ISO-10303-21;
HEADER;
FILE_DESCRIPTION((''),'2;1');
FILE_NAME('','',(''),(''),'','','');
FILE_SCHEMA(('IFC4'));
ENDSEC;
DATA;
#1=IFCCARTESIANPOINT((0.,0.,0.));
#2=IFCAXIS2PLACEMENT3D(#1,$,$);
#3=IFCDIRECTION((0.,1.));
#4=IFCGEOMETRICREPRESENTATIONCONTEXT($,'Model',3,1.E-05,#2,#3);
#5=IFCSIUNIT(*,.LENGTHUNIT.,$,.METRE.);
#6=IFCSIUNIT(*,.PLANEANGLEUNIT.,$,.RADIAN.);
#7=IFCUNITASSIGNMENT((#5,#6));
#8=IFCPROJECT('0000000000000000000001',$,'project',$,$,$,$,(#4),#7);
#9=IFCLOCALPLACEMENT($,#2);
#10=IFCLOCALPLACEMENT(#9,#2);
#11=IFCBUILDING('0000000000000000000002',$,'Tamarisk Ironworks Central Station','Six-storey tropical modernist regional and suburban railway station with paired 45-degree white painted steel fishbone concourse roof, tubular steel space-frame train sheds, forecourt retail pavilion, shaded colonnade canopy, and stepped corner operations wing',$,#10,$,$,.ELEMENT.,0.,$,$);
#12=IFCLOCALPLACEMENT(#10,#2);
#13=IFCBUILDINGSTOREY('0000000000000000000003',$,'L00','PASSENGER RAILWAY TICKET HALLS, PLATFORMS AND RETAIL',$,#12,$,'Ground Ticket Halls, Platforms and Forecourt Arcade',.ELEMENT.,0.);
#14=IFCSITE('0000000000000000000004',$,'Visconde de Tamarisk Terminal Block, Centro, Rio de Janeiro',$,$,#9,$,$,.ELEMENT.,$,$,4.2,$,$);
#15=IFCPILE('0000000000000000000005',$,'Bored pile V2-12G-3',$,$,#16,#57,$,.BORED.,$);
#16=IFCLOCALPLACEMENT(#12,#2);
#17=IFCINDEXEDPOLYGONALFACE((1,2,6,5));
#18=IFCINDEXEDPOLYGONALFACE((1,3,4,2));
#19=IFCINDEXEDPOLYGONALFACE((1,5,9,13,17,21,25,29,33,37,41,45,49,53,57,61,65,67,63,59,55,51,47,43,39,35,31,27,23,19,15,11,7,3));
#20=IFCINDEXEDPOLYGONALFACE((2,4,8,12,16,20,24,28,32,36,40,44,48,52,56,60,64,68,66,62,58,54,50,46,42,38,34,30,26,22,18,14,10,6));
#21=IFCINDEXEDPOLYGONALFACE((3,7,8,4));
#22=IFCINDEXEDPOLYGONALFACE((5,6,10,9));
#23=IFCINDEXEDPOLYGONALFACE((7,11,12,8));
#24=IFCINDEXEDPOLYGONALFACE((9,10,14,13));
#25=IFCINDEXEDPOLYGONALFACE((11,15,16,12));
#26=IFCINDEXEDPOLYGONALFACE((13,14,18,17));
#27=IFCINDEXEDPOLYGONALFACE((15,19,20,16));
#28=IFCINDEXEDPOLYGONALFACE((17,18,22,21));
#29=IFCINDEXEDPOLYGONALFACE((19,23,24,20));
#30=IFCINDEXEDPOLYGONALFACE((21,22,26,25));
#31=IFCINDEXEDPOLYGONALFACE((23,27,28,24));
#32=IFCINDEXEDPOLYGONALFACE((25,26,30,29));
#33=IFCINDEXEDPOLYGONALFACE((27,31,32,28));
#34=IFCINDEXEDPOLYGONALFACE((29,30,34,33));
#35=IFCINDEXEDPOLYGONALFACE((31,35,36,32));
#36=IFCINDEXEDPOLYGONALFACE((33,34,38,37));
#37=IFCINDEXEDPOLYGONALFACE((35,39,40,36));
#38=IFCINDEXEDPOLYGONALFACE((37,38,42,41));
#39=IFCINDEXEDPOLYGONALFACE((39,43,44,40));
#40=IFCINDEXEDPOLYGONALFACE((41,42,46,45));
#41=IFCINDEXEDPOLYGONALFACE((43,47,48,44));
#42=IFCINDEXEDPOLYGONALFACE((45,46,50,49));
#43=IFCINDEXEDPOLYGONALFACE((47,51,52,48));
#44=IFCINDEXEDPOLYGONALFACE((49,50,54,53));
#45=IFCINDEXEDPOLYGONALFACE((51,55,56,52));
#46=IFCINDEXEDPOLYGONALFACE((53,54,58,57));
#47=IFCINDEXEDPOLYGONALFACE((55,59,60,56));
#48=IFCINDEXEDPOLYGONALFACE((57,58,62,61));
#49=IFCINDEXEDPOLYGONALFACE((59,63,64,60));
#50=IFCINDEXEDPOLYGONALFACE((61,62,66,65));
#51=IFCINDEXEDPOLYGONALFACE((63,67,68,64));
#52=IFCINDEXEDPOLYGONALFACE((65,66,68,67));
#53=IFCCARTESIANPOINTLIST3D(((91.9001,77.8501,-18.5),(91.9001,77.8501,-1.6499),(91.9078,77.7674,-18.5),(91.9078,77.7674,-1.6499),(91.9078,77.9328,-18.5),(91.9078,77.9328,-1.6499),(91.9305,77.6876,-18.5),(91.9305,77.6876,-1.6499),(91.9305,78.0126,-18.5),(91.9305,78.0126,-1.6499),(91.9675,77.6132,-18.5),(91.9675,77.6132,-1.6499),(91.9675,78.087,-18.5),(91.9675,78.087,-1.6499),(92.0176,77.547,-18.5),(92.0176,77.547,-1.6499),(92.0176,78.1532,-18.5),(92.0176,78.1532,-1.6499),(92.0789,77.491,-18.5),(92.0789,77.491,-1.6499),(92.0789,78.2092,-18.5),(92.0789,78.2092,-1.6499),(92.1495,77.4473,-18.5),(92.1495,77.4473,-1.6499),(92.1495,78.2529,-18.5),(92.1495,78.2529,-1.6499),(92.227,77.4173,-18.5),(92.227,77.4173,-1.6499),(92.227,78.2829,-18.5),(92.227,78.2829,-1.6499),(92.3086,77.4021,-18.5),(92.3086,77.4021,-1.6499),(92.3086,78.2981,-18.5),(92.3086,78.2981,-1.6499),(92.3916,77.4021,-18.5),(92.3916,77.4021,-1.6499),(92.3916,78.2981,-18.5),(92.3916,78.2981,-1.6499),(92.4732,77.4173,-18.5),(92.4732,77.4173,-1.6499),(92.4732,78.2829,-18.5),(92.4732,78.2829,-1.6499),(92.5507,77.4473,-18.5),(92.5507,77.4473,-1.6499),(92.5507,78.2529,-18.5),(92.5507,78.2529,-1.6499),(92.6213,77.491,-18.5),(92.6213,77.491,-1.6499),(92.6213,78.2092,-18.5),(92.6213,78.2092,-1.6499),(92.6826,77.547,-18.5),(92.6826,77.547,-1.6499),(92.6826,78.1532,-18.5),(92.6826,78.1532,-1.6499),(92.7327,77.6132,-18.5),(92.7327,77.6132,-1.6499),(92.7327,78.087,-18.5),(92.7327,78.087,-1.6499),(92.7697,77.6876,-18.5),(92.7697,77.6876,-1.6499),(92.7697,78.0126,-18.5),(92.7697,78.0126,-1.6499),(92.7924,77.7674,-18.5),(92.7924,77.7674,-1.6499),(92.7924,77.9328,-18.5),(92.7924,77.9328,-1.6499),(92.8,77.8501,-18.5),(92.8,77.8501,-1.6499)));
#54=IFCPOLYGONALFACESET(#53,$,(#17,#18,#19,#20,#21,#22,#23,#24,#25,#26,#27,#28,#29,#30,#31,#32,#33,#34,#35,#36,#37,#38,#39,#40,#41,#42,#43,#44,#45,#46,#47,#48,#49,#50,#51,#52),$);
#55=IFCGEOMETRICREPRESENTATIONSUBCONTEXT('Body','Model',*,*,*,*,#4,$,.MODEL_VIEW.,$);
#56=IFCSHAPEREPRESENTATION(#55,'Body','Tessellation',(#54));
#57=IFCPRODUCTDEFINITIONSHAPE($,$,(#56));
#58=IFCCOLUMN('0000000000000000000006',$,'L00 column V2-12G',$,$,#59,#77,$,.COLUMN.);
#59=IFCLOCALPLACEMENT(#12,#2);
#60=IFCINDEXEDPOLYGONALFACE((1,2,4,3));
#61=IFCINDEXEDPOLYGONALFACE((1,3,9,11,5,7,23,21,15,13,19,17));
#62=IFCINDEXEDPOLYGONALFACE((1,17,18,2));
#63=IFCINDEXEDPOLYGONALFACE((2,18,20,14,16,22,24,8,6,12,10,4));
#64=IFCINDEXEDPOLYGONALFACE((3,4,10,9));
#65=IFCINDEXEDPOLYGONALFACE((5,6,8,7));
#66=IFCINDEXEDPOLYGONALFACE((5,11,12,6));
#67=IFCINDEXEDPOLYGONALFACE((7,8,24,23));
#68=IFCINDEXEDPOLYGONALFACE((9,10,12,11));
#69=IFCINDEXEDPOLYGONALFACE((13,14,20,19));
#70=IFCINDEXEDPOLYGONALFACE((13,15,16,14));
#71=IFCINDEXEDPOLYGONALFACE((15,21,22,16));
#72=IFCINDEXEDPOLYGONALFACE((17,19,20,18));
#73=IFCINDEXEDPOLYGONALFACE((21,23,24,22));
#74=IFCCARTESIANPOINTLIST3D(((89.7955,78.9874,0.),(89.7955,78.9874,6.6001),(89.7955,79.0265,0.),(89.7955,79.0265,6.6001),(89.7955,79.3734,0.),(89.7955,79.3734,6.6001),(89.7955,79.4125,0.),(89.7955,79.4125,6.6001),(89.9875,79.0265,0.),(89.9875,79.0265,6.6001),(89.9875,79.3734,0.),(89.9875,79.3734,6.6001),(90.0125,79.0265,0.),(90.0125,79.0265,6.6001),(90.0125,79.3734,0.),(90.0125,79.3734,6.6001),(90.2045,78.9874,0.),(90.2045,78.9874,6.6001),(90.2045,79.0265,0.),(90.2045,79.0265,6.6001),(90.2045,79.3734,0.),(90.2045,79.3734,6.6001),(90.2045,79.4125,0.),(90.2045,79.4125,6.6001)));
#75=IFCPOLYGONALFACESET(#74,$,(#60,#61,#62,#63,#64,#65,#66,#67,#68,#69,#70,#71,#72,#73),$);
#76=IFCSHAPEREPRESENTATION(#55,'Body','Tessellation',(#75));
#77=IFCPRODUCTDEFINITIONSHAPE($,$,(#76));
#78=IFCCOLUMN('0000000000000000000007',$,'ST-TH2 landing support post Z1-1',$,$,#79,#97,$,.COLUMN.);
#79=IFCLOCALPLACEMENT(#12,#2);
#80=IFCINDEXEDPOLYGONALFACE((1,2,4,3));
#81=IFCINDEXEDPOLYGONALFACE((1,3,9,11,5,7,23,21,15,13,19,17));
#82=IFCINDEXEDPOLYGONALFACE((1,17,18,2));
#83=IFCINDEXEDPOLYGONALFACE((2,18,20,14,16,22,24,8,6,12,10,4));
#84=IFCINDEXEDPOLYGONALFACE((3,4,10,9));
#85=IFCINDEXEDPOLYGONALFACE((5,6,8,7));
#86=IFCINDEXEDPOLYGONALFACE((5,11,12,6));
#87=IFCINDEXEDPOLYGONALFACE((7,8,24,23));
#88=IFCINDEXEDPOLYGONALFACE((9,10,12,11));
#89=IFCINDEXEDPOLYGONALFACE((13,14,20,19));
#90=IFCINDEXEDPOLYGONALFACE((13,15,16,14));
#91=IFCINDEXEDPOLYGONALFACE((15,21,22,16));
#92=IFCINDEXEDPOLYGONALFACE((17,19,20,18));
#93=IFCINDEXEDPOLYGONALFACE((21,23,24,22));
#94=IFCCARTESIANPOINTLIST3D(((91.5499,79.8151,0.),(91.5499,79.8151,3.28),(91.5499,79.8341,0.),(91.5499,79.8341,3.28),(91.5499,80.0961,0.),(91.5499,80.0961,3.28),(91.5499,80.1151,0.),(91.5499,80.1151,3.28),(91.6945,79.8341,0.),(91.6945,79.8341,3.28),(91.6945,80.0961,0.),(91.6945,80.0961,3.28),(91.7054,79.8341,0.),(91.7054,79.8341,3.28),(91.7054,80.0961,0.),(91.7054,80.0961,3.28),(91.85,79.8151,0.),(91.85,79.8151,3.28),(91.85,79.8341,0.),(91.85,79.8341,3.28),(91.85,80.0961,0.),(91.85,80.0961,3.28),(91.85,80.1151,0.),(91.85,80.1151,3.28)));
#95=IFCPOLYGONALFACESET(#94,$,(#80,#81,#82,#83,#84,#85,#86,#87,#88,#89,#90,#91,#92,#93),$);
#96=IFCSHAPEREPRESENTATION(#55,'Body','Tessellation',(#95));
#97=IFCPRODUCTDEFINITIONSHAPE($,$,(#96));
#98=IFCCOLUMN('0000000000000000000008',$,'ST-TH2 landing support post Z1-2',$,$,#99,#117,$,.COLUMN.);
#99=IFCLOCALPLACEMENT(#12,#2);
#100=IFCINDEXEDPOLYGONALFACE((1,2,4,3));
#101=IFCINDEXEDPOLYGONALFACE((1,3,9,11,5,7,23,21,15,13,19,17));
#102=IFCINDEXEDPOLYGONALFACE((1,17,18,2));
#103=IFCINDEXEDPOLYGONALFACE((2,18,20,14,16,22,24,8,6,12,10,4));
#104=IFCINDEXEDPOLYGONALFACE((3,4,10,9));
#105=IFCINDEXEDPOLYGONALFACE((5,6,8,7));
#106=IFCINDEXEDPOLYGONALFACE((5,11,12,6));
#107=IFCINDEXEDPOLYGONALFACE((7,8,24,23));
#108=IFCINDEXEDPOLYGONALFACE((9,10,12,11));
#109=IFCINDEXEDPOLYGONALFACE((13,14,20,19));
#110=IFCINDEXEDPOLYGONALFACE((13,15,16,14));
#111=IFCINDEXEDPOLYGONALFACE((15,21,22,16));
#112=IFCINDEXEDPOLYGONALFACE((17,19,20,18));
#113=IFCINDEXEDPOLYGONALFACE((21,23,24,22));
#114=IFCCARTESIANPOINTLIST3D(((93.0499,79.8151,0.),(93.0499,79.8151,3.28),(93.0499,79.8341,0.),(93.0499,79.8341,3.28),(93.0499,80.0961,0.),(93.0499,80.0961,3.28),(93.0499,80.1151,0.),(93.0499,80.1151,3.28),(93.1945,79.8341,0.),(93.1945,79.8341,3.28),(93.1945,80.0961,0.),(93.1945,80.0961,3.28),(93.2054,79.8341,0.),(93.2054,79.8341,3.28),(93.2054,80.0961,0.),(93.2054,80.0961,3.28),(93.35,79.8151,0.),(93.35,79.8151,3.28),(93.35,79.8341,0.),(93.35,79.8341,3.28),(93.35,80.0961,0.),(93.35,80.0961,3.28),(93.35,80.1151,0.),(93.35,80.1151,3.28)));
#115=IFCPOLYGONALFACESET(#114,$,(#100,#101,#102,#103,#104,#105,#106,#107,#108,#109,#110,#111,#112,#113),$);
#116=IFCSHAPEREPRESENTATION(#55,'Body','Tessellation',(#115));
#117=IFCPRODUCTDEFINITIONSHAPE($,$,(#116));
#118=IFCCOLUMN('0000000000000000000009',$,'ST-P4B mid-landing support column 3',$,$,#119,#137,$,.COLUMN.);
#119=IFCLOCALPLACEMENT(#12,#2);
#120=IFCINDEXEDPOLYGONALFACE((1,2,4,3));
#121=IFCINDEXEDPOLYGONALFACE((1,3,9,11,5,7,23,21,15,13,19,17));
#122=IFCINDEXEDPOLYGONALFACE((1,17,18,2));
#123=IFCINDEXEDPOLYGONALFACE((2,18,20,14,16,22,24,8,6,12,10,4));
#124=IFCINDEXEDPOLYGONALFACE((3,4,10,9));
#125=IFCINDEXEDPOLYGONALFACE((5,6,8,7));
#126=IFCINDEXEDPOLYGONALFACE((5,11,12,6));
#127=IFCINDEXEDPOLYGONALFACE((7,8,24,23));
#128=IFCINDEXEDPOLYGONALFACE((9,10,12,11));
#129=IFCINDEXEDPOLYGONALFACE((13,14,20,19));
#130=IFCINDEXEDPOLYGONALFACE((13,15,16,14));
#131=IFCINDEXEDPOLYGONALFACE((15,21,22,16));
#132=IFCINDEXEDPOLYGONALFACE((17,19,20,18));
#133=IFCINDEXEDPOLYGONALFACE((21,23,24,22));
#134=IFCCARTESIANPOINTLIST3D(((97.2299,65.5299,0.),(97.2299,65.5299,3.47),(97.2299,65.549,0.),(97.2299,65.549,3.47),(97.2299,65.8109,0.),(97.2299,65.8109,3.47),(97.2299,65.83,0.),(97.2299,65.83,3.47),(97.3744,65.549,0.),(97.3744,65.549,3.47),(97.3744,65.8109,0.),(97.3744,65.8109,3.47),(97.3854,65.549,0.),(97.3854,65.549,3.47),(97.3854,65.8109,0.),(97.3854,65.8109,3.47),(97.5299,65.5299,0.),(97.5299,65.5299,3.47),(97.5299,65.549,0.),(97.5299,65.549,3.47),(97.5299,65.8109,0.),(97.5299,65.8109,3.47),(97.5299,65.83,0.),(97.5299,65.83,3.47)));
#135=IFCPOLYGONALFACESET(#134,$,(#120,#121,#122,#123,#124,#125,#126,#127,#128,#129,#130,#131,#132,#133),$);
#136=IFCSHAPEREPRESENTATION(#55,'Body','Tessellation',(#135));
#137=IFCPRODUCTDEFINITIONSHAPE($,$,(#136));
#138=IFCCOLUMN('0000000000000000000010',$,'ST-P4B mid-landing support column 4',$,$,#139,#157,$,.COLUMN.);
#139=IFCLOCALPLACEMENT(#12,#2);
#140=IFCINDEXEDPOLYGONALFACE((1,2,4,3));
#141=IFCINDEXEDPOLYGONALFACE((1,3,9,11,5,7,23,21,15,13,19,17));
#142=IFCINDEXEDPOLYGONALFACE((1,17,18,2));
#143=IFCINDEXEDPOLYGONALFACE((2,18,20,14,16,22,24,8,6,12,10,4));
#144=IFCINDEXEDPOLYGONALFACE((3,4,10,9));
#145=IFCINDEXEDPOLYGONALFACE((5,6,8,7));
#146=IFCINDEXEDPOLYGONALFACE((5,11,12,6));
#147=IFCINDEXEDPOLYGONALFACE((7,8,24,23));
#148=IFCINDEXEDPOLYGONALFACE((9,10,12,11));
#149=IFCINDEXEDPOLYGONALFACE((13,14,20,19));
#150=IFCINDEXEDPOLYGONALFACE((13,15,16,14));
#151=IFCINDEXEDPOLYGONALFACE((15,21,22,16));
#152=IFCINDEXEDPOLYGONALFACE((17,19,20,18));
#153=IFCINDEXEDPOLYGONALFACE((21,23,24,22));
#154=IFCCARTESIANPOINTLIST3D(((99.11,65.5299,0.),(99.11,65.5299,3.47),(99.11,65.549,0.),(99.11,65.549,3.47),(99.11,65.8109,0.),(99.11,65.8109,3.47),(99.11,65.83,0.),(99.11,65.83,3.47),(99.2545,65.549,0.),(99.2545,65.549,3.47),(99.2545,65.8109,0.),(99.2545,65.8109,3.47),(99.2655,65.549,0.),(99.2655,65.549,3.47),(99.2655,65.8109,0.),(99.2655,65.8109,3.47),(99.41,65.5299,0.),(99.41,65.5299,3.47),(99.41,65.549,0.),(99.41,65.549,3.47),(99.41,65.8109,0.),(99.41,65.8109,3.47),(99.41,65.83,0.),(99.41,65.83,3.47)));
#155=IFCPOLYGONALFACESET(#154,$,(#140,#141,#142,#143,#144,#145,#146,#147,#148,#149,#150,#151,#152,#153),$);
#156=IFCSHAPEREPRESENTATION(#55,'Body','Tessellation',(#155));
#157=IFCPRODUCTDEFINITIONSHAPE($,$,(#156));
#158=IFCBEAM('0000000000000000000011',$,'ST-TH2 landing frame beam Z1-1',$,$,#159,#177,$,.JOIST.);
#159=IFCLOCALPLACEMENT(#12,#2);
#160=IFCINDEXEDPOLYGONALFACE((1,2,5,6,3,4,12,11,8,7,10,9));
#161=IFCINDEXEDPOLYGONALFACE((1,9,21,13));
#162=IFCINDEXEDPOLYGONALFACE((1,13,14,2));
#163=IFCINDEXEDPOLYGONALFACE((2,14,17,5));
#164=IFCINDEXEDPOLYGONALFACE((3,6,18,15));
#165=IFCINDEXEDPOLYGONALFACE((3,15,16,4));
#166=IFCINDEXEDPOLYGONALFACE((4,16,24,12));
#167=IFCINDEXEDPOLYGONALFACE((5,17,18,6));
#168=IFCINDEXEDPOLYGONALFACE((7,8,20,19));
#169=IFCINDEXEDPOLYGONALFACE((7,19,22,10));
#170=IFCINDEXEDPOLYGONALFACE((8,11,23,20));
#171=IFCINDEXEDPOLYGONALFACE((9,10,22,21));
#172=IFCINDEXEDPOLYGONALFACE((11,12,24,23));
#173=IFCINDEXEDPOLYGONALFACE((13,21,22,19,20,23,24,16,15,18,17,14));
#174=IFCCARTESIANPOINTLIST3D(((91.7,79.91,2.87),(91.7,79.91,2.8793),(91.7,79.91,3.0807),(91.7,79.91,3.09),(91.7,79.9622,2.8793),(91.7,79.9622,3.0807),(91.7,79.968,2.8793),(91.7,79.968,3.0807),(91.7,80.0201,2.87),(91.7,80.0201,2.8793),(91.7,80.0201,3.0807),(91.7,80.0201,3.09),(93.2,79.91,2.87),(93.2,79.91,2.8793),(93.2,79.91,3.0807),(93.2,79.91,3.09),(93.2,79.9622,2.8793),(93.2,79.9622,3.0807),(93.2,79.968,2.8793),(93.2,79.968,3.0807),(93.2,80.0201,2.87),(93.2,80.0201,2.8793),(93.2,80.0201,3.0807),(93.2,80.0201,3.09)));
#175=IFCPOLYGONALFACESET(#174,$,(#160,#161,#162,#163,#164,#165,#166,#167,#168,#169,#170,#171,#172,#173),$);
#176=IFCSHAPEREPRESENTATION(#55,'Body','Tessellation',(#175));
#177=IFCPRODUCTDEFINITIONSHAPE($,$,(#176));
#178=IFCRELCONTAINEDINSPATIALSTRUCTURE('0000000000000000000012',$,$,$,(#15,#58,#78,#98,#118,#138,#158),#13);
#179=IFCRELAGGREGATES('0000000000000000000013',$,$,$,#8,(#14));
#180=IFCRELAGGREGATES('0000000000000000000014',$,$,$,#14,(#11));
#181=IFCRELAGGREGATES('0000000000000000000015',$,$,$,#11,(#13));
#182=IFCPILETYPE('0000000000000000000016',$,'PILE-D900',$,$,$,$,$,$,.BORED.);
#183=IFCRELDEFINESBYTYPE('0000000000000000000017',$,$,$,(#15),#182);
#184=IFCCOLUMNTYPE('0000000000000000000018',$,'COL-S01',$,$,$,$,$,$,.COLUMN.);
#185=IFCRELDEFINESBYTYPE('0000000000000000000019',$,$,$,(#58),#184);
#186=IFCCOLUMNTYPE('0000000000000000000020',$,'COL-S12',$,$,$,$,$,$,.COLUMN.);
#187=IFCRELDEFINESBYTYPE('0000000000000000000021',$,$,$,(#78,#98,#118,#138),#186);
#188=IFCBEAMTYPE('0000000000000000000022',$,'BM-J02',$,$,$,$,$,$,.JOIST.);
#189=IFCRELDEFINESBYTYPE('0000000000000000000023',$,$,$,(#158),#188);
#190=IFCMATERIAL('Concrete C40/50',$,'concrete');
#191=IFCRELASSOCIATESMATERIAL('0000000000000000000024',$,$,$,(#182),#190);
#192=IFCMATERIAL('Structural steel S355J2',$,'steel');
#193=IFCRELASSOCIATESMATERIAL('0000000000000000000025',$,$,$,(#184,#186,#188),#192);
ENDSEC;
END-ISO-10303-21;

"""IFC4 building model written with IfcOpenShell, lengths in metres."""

from ifc_helpers import new_model, si_unit, direction, frame, origin, origin_2d, place, context, subcontext, project, spatial, circle, i_section, extrude, material, material_profile, profile_set, type_object, element, save


model = new_model("IFC4")

# Units and contexts
model_context = context("Model", 3, precision=1e-05, world=origin(), true_north=direction((0.0, 1.0)))
body_context = subcontext(model_context, "Body", "Model", "MODEL_VIEW")
ifc_project = project(units=[si_unit("LENGTHUNIT", "METRE"), si_unit("PLANEANGLEUNIT", "RADIAN")], contexts=[model_context])

# Site, building, storey
site_placement = place(None, origin())
site = spatial("IfcSite", under=ifc_project, at=site_placement, Name="Visconde de Tamarisk Terminal Block, Centro, Rio de Janeiro", CompositionType="ELEMENT", RefElevation=4.2)
building_placement = place(site_placement, origin())
building = spatial("IfcBuilding", under=site, at=building_placement, Name="Tamarisk Ironworks Central Station", Description="Six-storey tropical modernist regional and suburban railway station with paired 45-degree white painted steel fishbone concourse roof, tubular steel space-frame train sheds, forecourt retail pavilion, shaded colonnade canopy, and stepped corner operations wing", CompositionType="ELEMENT", ElevationOfRefHeight=0.0)
storey_placement = place(building_placement, origin())
storey = spatial("IfcBuildingStorey", under=building, at=storey_placement, Name="L00", Description="PASSENGER RAILWAY TICKET HALLS, PLATFORMS AND RETAIL", LongName="Ground Ticket Halls, Platforms and Forecourt Arcade", CompositionType="ELEMENT", Elevation=0.0)

# Shared definitions
ifc_material_1 = material(Name="Concrete C40/50", Category="concrete")

# Pile
ifc_material_profile_1 = material_profile(ifc_material_1, circle(Radius=0.45, at=origin_2d()), Name="BORED PILE D900")
ifc_profile_set_1 = profile_set([ifc_material_profile_1], Name="Concrete C40/50")
pile_type_1 = type_object("IfcPileType", Name="PILE-D900", PredefinedType="BORED", material=ifc_profile_set_1)
for number, where, z_axis, x_axis, name in (
    (1, (92.3501, 77.8501, -1.6499), (0.0, 0.0, -1.0), (1.0, 0.0, 0.0), "Bored pile V2-12G-3"),
):
    element("IfcPile", number, at=place(storey_placement, frame(where, z_axis=z_axis, x_axis=x_axis)), inside=storey, type_object=pile_type_1, Name=name, PredefinedType="BORED", context=body_context, shape_type="SweptSolid", body=[
        extrude(circle(Radius=0.45, at=origin_2d()), origin(), (0.0, 0.0, 1.0), 16.8501),
    ])

# Columns
ifc_material_2 = material(Name="Structural steel S355J2", Category="steel")
ifc_material_profile_2 = material_profile(ifc_material_2, i_section(OverallWidth=0.4089, OverallDepth=0.425, WebThickness=0.0249, FlangeThickness=0.0391, at=origin_2d()), Name="HD 400x421")
ifc_profile_set_2 = profile_set([ifc_material_profile_2], Name="Structural steel S355J2")
column_type_1 = type_object("IfcColumnType", Name="COL-S01", PredefinedType="COLUMN", material=ifc_profile_set_2)
column_placement = place(storey_placement, frame((90.0, 79.2, 0.0), z_axis=(0.0, 0.0, 1.0), x_axis=(1.0, 0.0, 0.0)))
element("IfcColumn", 2, at=column_placement, inside=storey, type_object=column_type_1, Name="L00 column V2-12G", PredefinedType="COLUMN", context=body_context, shape_type="SweptSolid", body=[
    extrude(i_section(OverallWidth=0.4089, OverallDepth=0.425, WebThickness=0.0249, FlangeThickness=0.0391, at=origin_2d()), origin(), (0.0, 0.0, 1.0), 6.6001),
])
ifc_material_profile_3 = material_profile(ifc_material_2, i_section(OverallWidth=0.3, OverallDepth=0.3, WebThickness=0.011, FlangeThickness=0.019, at=origin_2d()), Name="HEB 300")
ifc_profile_set_3 = profile_set([ifc_material_profile_3], Name="Structural steel S355J2")
column_type_2 = type_object("IfcColumnType", Name="COL-S12", PredefinedType="COLUMN", material=ifc_profile_set_3)
for number, where, z_axis, x_axis, name in (
    (3, (91.7, 79.9651, 0.0), (0.0, 0.0, 1.0), (1.0, 0.0, 0.0), "ST-TH2 landing support post Z1-1"),
    (4, (93.2, 79.9651, 0.0), (0.0, 0.0, 1.0), (1.0, 0.0, 0.0), "ST-TH2 landing support post Z1-2"),
):
    element("IfcColumn", number, at=place(storey_placement, frame(where, z_axis=z_axis, x_axis=x_axis)), inside=storey, type_object=column_type_2, Name=name, PredefinedType="COLUMN", context=body_context, shape_type="SweptSolid", body=[
        extrude(i_section(OverallWidth=0.3, OverallDepth=0.3, WebThickness=0.011, FlangeThickness=0.019, at=origin_2d()), origin(), (0.0, 0.0, 1.0), 3.28),
    ])
for number, where, z_axis, x_axis, name in (
    (5, (97.3799, 65.6799, 0.0), (0.0, 0.0, 1.0), (1.0, 0.0, 0.0), "ST-P4B mid-landing support column 3"),
    (6, (99.26, 65.6799, 0.0), (0.0, 0.0, 1.0), (1.0, 0.0, 0.0), "ST-P4B mid-landing support column 4"),
):
    element("IfcColumn", number, at=place(storey_placement, frame(where, z_axis=z_axis, x_axis=x_axis)), inside=storey, type_object=column_type_2, Name=name, PredefinedType="COLUMN", context=body_context, shape_type="SweptSolid", body=[
        extrude(i_section(OverallWidth=0.3, OverallDepth=0.3, WebThickness=0.011, FlangeThickness=0.019, at=origin_2d()), origin(), (0.0, 0.0, 1.0), 3.47),
    ])

# Beam
ifc_material_profile_4 = material_profile(ifc_material_2, i_section(OverallWidth=0.1101, OverallDepth=0.22, WebThickness=0.0059, FlangeThickness=0.0093, at=origin_2d()), Name="IPE 220")
ifc_profile_set_4 = profile_set([ifc_material_profile_4], Name="Structural steel S355J2")
beam_type = type_object("IfcBeamType", Name="BM-J02", PredefinedType="JOIST", material=ifc_profile_set_4)
beam_1_placement = place(storey_placement, frame((91.7, 79.9651, 2.98), z_axis=(1.0, 0.0, 0.0), x_axis=(0.0, 1.0, 0.0)))
element("IfcBeam", 7, at=beam_1_placement, inside=storey, type_object=beam_type, Name="ST-TH2 landing frame beam Z1-1", PredefinedType="JOIST", context=body_context, shape_type="SweptSolid", body=[
    extrude(i_section(OverallWidth=0.1101, OverallDepth=0.22, WebThickness=0.0059, FlangeThickness=0.0093, at=origin_2d()), origin(), (0.0, 0.0, 1.0), 1.5),
])

save(model, "model.ifc")
